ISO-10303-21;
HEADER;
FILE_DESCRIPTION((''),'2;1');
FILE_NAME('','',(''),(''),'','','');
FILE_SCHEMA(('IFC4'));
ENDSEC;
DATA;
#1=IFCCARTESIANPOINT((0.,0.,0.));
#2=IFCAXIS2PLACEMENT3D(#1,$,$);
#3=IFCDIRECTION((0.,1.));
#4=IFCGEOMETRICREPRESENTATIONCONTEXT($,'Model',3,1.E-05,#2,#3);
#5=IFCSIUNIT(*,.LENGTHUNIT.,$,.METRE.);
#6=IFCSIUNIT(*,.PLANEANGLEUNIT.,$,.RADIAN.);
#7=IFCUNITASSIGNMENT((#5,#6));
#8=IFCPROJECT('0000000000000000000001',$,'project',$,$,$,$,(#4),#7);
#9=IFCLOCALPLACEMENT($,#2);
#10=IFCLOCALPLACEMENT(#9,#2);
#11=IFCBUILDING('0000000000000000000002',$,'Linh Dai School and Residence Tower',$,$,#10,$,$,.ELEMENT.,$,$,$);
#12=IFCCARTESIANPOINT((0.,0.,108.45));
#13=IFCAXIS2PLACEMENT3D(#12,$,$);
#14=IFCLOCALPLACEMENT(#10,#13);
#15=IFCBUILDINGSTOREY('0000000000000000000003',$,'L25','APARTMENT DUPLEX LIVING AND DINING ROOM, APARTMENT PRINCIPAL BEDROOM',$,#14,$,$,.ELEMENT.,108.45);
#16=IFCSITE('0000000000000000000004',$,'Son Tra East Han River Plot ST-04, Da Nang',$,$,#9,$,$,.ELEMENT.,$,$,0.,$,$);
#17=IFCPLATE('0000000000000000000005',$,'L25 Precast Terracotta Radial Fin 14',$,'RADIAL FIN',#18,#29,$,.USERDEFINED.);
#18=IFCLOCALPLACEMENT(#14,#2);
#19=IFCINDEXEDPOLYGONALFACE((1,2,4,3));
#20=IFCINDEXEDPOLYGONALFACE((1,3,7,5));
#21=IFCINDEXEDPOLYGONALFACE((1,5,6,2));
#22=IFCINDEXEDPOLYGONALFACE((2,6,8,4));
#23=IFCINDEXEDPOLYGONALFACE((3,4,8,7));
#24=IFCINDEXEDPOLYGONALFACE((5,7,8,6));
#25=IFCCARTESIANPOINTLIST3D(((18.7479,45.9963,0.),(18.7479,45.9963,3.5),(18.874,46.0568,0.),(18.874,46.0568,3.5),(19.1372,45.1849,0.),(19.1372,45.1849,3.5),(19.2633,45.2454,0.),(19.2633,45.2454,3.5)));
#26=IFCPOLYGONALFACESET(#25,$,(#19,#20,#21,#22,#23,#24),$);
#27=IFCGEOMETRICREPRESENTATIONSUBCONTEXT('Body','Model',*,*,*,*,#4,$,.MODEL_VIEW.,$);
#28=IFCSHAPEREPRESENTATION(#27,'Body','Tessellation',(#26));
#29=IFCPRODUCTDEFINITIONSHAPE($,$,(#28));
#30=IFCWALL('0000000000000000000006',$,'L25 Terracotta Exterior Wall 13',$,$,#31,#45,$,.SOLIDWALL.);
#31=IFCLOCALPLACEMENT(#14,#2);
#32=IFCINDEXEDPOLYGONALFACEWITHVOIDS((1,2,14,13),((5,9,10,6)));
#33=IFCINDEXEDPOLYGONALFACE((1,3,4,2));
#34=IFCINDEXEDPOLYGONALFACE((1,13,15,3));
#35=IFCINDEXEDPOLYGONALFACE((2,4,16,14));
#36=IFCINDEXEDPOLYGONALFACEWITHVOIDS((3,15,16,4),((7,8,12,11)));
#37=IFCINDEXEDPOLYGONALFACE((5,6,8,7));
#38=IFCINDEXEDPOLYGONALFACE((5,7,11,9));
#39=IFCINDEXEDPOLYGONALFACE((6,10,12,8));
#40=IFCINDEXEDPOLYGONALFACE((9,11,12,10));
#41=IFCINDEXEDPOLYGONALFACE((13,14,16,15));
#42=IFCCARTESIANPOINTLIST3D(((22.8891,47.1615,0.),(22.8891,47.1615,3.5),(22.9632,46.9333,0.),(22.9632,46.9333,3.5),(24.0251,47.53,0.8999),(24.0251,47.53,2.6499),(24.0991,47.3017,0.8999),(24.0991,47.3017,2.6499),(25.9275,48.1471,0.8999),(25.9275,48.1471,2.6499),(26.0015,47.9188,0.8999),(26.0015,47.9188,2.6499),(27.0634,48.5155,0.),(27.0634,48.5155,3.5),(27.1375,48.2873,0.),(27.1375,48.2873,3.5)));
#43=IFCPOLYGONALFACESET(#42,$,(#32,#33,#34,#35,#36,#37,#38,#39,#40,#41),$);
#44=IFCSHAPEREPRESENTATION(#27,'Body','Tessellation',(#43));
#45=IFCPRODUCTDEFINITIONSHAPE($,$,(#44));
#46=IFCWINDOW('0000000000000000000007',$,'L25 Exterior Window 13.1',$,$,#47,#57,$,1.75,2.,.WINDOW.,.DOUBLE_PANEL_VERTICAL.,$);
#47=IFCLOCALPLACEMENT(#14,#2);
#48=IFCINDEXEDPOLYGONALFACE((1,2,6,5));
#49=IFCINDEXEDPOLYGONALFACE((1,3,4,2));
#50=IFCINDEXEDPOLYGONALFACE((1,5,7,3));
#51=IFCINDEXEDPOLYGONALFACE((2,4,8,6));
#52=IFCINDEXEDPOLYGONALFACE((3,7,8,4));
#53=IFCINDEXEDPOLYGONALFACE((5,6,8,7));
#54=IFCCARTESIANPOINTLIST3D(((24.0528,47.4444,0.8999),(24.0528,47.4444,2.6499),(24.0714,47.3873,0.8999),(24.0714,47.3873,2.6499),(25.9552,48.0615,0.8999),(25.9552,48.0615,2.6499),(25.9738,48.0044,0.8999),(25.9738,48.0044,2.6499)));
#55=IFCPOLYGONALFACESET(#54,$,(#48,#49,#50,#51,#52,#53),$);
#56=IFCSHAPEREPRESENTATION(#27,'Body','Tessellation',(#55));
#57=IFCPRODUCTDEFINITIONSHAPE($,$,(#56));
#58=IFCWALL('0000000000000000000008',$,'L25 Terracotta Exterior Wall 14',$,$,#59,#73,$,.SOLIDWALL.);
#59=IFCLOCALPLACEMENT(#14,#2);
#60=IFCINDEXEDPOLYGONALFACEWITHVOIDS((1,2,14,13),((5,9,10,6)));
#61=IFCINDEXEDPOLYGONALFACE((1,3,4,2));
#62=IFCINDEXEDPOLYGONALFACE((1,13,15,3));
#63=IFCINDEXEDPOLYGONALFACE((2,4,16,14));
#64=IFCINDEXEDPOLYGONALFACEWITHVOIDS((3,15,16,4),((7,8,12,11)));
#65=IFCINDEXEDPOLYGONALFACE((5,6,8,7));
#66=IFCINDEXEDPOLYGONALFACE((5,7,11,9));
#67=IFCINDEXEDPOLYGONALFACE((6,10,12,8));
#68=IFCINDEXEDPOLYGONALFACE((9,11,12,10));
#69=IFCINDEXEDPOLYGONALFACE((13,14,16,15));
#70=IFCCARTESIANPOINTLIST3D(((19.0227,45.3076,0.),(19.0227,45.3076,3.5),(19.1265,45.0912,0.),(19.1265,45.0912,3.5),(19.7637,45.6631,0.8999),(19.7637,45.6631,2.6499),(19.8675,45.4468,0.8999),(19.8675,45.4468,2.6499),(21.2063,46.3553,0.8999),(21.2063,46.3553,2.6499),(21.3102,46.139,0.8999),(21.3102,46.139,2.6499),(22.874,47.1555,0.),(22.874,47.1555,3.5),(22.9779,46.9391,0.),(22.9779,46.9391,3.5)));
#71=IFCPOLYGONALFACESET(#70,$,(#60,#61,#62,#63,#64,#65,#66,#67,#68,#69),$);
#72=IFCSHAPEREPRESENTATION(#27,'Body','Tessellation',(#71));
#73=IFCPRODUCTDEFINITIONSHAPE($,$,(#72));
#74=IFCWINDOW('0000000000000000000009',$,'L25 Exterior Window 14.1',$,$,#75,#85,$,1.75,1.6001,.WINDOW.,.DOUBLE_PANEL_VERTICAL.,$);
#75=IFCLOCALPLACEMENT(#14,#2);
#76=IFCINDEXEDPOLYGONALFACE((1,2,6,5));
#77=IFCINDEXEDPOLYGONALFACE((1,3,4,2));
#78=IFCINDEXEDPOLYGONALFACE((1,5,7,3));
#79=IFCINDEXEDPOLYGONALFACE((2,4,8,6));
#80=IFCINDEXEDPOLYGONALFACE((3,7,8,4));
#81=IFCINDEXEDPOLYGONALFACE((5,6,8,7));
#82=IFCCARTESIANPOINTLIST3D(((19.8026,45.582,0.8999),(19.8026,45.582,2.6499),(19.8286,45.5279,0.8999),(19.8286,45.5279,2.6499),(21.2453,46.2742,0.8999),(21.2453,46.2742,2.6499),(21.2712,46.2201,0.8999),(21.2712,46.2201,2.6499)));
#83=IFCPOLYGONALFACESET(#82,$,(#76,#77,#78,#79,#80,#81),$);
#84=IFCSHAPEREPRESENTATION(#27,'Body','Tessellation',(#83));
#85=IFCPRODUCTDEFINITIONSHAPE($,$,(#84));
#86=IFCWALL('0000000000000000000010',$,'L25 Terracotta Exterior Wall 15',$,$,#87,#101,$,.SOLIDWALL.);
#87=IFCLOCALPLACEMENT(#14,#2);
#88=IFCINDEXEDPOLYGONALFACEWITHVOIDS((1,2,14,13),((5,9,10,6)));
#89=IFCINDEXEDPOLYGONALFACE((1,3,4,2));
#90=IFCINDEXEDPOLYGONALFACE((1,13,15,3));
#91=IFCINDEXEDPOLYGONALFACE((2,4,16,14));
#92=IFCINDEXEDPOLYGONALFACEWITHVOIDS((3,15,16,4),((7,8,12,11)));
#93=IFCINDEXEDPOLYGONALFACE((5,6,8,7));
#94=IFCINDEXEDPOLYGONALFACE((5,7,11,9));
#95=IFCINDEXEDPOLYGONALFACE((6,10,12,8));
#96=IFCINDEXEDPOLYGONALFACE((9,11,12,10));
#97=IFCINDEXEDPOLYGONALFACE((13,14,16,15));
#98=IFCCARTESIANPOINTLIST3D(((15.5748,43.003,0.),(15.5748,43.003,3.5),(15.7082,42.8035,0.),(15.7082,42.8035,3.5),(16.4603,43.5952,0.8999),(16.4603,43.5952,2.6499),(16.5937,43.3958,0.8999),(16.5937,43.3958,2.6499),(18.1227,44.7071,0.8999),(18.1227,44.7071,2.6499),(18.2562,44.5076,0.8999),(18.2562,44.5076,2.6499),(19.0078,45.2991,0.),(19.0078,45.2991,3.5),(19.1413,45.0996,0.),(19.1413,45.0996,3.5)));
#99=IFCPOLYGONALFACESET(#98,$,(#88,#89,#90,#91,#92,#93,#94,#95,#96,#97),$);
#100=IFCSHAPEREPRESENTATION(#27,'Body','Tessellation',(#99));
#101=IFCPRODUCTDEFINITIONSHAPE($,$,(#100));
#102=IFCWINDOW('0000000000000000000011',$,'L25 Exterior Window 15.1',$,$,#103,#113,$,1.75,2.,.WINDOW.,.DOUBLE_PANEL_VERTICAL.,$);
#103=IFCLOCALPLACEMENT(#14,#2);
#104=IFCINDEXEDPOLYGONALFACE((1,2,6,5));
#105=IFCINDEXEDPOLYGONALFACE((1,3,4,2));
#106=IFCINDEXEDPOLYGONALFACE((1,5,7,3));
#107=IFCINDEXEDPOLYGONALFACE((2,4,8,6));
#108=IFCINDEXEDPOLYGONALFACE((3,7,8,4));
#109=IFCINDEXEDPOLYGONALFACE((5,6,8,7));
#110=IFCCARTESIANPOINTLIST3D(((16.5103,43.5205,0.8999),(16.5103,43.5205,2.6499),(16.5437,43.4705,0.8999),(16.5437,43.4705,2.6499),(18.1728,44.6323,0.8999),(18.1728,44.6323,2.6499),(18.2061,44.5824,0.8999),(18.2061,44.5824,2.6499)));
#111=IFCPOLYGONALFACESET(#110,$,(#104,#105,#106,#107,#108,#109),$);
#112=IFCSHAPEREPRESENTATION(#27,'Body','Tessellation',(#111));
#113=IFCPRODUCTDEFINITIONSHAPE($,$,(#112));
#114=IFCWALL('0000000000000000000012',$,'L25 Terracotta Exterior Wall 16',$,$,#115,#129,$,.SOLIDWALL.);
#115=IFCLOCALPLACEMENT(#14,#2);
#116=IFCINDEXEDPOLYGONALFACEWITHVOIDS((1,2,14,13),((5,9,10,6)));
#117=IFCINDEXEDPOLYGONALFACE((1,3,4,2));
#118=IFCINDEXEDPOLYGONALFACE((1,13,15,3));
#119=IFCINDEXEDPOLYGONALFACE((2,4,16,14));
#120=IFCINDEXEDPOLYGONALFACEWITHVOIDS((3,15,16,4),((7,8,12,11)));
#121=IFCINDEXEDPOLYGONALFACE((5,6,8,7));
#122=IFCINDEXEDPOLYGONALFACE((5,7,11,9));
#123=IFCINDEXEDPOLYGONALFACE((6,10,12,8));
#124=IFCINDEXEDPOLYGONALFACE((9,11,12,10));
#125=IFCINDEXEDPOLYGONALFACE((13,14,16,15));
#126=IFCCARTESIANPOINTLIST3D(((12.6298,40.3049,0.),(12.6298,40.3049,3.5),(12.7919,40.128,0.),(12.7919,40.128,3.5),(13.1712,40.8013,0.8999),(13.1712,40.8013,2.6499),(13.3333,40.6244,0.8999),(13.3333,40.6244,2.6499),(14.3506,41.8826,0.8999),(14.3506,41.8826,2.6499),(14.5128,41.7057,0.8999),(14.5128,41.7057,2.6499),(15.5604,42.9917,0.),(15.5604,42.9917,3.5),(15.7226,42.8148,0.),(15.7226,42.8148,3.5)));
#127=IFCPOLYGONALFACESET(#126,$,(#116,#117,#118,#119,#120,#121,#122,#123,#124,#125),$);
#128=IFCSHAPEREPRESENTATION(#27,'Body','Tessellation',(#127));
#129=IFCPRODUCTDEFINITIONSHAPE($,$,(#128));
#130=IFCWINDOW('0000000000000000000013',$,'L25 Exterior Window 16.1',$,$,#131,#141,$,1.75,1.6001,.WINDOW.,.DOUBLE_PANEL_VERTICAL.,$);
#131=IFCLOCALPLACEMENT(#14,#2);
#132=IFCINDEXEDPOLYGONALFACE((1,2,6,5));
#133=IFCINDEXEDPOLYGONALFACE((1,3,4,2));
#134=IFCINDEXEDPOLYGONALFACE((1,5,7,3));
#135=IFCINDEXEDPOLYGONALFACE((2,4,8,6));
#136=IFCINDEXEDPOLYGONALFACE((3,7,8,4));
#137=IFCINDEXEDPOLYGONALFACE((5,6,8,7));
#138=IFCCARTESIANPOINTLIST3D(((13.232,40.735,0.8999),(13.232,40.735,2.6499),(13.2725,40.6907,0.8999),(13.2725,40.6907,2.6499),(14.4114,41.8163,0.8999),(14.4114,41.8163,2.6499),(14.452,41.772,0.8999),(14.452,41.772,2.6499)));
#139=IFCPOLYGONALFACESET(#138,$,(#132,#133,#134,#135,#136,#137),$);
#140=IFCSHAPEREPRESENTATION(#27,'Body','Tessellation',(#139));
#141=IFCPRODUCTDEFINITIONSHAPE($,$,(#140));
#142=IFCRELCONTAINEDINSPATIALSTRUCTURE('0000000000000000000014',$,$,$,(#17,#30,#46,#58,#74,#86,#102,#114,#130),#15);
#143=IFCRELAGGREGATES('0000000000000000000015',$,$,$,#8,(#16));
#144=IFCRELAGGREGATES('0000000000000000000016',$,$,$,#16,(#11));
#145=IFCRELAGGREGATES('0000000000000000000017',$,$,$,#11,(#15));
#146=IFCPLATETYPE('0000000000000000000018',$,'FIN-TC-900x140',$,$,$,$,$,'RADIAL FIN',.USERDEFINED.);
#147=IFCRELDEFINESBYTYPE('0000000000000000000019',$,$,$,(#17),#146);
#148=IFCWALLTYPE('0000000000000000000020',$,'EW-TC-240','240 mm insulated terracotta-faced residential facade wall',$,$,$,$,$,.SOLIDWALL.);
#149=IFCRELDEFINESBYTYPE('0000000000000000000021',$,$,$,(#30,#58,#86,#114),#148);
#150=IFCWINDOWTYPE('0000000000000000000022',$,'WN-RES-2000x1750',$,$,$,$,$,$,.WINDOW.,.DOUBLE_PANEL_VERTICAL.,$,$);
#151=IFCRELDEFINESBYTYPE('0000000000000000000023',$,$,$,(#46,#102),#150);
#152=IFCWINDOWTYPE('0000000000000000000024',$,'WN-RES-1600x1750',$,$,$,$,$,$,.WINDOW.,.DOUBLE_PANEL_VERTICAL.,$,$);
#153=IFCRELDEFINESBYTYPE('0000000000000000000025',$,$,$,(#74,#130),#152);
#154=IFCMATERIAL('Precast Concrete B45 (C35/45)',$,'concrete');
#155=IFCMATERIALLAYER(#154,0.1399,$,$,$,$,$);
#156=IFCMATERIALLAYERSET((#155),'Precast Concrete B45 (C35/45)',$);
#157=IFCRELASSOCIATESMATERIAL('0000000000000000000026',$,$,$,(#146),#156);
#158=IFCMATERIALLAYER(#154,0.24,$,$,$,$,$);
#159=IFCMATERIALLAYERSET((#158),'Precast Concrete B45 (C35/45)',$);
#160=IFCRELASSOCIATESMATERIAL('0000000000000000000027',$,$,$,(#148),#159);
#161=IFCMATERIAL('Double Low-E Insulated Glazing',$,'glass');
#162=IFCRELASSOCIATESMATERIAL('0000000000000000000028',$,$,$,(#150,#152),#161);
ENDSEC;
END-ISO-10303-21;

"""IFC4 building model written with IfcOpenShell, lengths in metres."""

from ifc_helpers import new_model, si_unit, direction, frame, frame_2d, origin, origin_2d, place, context, subcontext, project, spatial, rectangle, extrude, source, transform, mapped, material, layer, layer_set, type_object, element, fill, save


model = new_model("IFC4")

# Units and contexts
model_context = context("Model", 3, precision=1e-05, world=origin(), true_north=direction((0.0, 1.0)))
body_context = subcontext(model_context, "Body", "Model", "MODEL_VIEW")
ifc_project = project(units=[si_unit("LENGTHUNIT", "METRE"), si_unit("PLANEANGLEUNIT", "RADIAN")], contexts=[model_context])

# Site, building, storey
site_placement = place(None, origin())
site = spatial("IfcSite", under=ifc_project, at=site_placement, Name="Son Tra East Han River Plot ST-04, Da Nang", CompositionType="ELEMENT", RefElevation=0.0)
building_placement = place(site_placement, origin())
building = spatial("IfcBuilding", under=site, at=building_placement, Name="Linh Dai School and Residence Tower", CompositionType="ELEMENT")
storey_placement = place(building_placement, frame((0.0, 0.0, 108.45)))
storey = spatial("IfcBuildingStorey", under=building, at=storey_placement, Name="L25", Description="APARTMENT DUPLEX LIVING AND DINING ROOM, APARTMENT PRINCIPAL BEDROOM", CompositionType="ELEMENT", Elevation=108.45)

# Plate
ifc_material_1 = material(Name="Precast Concrete B45 (C35/45)", Category="concrete")
ifc_layer_1 = layer(ifc_material_1, 0.1399)
ifc_layer_set_1 = layer_set([ifc_layer_1], Name="Precast Concrete B45 (C35/45)")
plate_type = type_object("IfcPlateType", Name="FIN-TC-900x140", ElementType="RADIAL FIN", PredefinedType="USERDEFINED", material=ifc_layer_set_1)
shared_shape_1 = source(origin(), body_context, "Body", "SweptSolid", [
    extrude(rectangle(XDim=0.8999, YDim=0.1399, at=origin_2d()), origin(), (0.0, 0.0, 1.0), 3.5),
])
plate_placement = place(storey_placement, frame((19.0056, 45.6208, 0.0), z_axis=(0.0, 0.0, 1.0), x_axis=(-0.432618, 0.901578, 0.0)))
element("IfcPlate", 1, at=plate_placement, inside=storey, type_object=plate_type, Name="L25 Precast Terracotta Radial Fin 14", ObjectType="RADIAL FIN", PredefinedType="USERDEFINED", context=body_context, shape_type="MappedRepresentation", body=[
    mapped(shared_shape_1, transform((0.0, 0.0, 0.0), x_axis=(1.0, 0.0, 0.0), y_axis=(0.0, 1.0, 0.0), z_axis=(0.0, 0.0, 1.0), scale=1.0)),
])

# Walls, openings, windows
ifc_layer_2 = layer(ifc_material_1, 0.24)
ifc_layer_set_2 = layer_set([ifc_layer_2], Name="Precast Concrete B45 (C35/45)")
wall_type_1 = type_object("IfcWallType", Name="EW-TC-240", Description="240 mm insulated terracotta-faced residential facade wall", PredefinedType="SOLIDWALL", material=ifc_layer_set_2)
wall_1_placement = place(storey_placement, frame((22.926, 47.0474, 0.0), z_axis=(0.0, 0.0, 1.0), x_axis=(0.951211, 0.30854, 0.0)))
wall_1 = element("IfcWall", 2, at=wall_1_placement, inside=storey, type_object=wall_type_1, Name="L25 Terracotta Exterior Wall 13", PredefinedType="SOLIDWALL", context=body_context, shape_type="SweptSolid", body=[
    extrude(rectangle(XDim=4.3884, YDim=0.24, at=frame_2d((2.1943, 0.0))), origin(), (0.0, 0.0, 1.0), 3.5),
])
opening_1_placement = place(wall_1_placement, frame((1.1943, 0.0, 0.8999)))
opening_1 = element("IfcOpeningElement", 3, at=opening_1_placement, cuts=wall_1, PredefinedType="OPENING", context=body_context, shape_type="SweptSolid", body=[
    extrude(rectangle(XDim=2.0, YDim=1.75, at=origin_2d()), frame((1.0, 0.1299, 0.875), z_axis=(0.0, -1.0, 0.0), x_axis=(1.0, 0.0, 0.0)), (0.0, 0.0, 1.0), 0.26),
])
ifc_material_2 = material(Name="Double Low-E Insulated Glazing", Category="glass")
window_type_1 = type_object("IfcWindowType", Name="WN-RES-2000x1750", PartitioningType="DOUBLE_PANEL_VERTICAL", PredefinedType="WINDOW", material=ifc_material_2)
shared_shape_2 = source(origin(), body_context, "Body", "SweptSolid", [
    extrude(rectangle(XDim=2.0, YDim=1.75, at=origin_2d()), frame((1.0, 0.03, 0.875), z_axis=(0.0, -1.0, 0.0), x_axis=(1.0, 0.0, 0.0)), (0.0, 0.0, 1.0), 0.0601),
])
window_1_placement = place(opening_1_placement, origin())
window_1 = element("IfcWindow", 4, at=window_1_placement, inside=storey, type_object=window_type_1, Name="L25 Exterior Window 13.1", OverallHeight=1.75, OverallWidth=2.0, PartitioningType="DOUBLE_PANEL_VERTICAL", PredefinedType="WINDOW", context=body_context, shape_type="MappedRepresentation", body=[
    mapped(shared_shape_2, transform((0.0, 0.0, 0.0), x_axis=(1.0, 0.0, 0.0), y_axis=(0.0, 1.0, 0.0), z_axis=(0.0, 0.0, 1.0), scale=1.0)),
])
fill(opening_1, window_1)
wall_2_placement = place(storey_placement, frame((19.0747, 45.1995, 0.0), z_axis=(0.0, 0.0, 1.0), x_axis=(0.90159, 0.432592, 0.0)))
wall_2 = element("IfcWall", 5, at=wall_2_placement, inside=storey, type_object=wall_type_1, Name="L25 Terracotta Exterior Wall 14", PredefinedType="SOLIDWALL", context=body_context, shape_type="SweptSolid", body=[
    extrude(rectangle(XDim=4.2717, YDim=0.24, at=frame_2d((2.1357, 0.0))), origin(), (0.0, 0.0, 1.0), 3.5),
])
opening_2_placement = place(wall_2_placement, frame((0.8218, 0.0, 0.8999)))
opening_2 = element("IfcOpeningElement", 6, at=opening_2_placement, cuts=wall_2, PredefinedType="OPENING", context=body_context, shape_type="SweptSolid", body=[
    extrude(rectangle(XDim=1.6001, YDim=1.75, at=origin_2d()), frame((0.8, 0.1299, 0.875), z_axis=(0.0, -1.0, 0.0), x_axis=(1.0, 0.0, 0.0)), (0.0, 0.0, 1.0), 0.26),
])
window_type_2 = type_object("IfcWindowType", Name="WN-RES-1600x1750", PartitioningType="DOUBLE_PANEL_VERTICAL", PredefinedType="WINDOW", material=ifc_material_2)
shared_shape_3 = source(origin(), body_context, "Body", "SweptSolid", [
    extrude(rectangle(XDim=1.6001, YDim=1.75, at=origin_2d()), frame((0.8, 0.03, 0.875), z_axis=(0.0, -1.0, 0.0), x_axis=(1.0, 0.0, 0.0)), (0.0, 0.0, 1.0), 0.0601),
])
window_2_placement = place(opening_2_placement, origin())
window_2 = element("IfcWindow", 7, at=window_2_placement, inside=storey, type_object=window_type_2, Name="L25 Exterior Window 14.1", OverallHeight=1.75, OverallWidth=1.6001, PartitioningType="DOUBLE_PANEL_VERTICAL", PredefinedType="WINDOW", context=body_context, shape_type="MappedRepresentation", body=[
    mapped(shared_shape_3, transform((0.0, 0.0, 0.0), x_axis=(1.0, 0.0, 0.0), y_axis=(0.0, 1.0, 0.0), z_axis=(0.0, 0.0, 1.0), scale=1.0)),
])
fill(opening_2, window_2)
wall_3_placement = place(storey_placement, frame((15.6416, 42.9033, 0.0), z_axis=(0.0, 0.0, 1.0), x_axis=(0.831222, 0.555941, 0.0)))
wall_3 = element("IfcWall", 8, at=wall_3_placement, inside=storey, type_object=wall_type_1, Name="L25 Terracotta Exterior Wall 15", PredefinedType="SOLIDWALL", context=body_context, shape_type="SweptSolid", body=[
    extrude(rectangle(XDim=4.1301, YDim=0.24, at=frame_2d((2.0649, 0.0))), origin(), (0.0, 0.0, 1.0), 3.5),
])
opening_3_placement = place(wall_3_placement, frame((1.0652, 0.0, 0.8999)))
opening_3 = element("IfcOpeningElement", 9, at=opening_3_placement, cuts=wall_3, PredefinedType="OPENING", context=body_context, shape_type="SweptSolid", body=[
    extrude(rectangle(XDim=2.0, YDim=1.75, at=origin_2d()), frame((1.0, 0.1299, 0.875), z_axis=(0.0, -1.0, 0.0), x_axis=(1.0, 0.0, 0.0)), (0.0, 0.0, 1.0), 0.26),
])
window_3_placement = place(opening_3_placement, origin())
window_3 = element("IfcWindow", 10, at=window_3_placement, inside=storey, type_object=window_type_1, Name="L25 Exterior Window 15.1", OverallHeight=1.75, OverallWidth=2.0, PartitioningType="DOUBLE_PANEL_VERTICAL", PredefinedType="WINDOW", context=body_context, shape_type="MappedRepresentation", body=[
    mapped(shared_shape_2, transform((0.0, 0.0, 0.0), x_axis=(1.0, 0.0, 0.0), y_axis=(0.0, 1.0, 0.0), z_axis=(0.0, 0.0, 1.0), scale=1.0)),
])
fill(opening_3, window_3)
wall_4_placement = place(storey_placement, frame((12.7109, 40.2166, 0.0), z_axis=(0.0, 0.0, 1.0), x_axis=(0.737113, 0.675769, 0.0)))
wall_4 = element("IfcWall", 11, at=wall_4_placement, inside=storey, type_object=wall_type_1, Name="L25 Terracotta Exterior Wall 16", PredefinedType="SOLIDWALL", context=body_context, shape_type="SweptSolid", body=[
    extrude(rectangle(XDim=3.9758, YDim=0.24, at=frame_2d((1.9878, 0.0))), origin(), (0.0, 0.0, 1.0), 3.5),
])
opening_4_placement = place(wall_4_placement, frame((0.7344, 0.0, 0.8999)))
opening_4 = element("IfcOpeningElement", 12, at=opening_4_placement, cuts=wall_4, PredefinedType="OPENING", context=body_context, shape_type="SweptSolid", body=[
    extrude(rectangle(XDim=1.6001, YDim=1.75, at=origin_2d()), frame((0.8, 0.1299, 0.875), z_axis=(0.0, -1.0, 0.0), x_axis=(1.0, 0.0, 0.0)), (0.0, 0.0, 1.0), 0.26),
])
window_4_placement = place(opening_4_placement, origin())
window_4 = element("IfcWindow", 13, at=window_4_placement, inside=storey, type_object=window_type_2, Name="L25 Exterior Window 16.1", OverallHeight=1.75, OverallWidth=1.6001, PartitioningType="DOUBLE_PANEL_VERTICAL", PredefinedType="WINDOW", context=body_context, shape_type="MappedRepresentation", body=[
    mapped(shared_shape_3, transform((0.0, 0.0, 0.0), x_axis=(1.0, 0.0, 0.0), y_axis=(0.0, 1.0, 0.0), z_axis=(0.0, 0.0, 1.0), scale=1.0)),
])
fill(opening_4, window_4)

save(model, "model.ifc")
